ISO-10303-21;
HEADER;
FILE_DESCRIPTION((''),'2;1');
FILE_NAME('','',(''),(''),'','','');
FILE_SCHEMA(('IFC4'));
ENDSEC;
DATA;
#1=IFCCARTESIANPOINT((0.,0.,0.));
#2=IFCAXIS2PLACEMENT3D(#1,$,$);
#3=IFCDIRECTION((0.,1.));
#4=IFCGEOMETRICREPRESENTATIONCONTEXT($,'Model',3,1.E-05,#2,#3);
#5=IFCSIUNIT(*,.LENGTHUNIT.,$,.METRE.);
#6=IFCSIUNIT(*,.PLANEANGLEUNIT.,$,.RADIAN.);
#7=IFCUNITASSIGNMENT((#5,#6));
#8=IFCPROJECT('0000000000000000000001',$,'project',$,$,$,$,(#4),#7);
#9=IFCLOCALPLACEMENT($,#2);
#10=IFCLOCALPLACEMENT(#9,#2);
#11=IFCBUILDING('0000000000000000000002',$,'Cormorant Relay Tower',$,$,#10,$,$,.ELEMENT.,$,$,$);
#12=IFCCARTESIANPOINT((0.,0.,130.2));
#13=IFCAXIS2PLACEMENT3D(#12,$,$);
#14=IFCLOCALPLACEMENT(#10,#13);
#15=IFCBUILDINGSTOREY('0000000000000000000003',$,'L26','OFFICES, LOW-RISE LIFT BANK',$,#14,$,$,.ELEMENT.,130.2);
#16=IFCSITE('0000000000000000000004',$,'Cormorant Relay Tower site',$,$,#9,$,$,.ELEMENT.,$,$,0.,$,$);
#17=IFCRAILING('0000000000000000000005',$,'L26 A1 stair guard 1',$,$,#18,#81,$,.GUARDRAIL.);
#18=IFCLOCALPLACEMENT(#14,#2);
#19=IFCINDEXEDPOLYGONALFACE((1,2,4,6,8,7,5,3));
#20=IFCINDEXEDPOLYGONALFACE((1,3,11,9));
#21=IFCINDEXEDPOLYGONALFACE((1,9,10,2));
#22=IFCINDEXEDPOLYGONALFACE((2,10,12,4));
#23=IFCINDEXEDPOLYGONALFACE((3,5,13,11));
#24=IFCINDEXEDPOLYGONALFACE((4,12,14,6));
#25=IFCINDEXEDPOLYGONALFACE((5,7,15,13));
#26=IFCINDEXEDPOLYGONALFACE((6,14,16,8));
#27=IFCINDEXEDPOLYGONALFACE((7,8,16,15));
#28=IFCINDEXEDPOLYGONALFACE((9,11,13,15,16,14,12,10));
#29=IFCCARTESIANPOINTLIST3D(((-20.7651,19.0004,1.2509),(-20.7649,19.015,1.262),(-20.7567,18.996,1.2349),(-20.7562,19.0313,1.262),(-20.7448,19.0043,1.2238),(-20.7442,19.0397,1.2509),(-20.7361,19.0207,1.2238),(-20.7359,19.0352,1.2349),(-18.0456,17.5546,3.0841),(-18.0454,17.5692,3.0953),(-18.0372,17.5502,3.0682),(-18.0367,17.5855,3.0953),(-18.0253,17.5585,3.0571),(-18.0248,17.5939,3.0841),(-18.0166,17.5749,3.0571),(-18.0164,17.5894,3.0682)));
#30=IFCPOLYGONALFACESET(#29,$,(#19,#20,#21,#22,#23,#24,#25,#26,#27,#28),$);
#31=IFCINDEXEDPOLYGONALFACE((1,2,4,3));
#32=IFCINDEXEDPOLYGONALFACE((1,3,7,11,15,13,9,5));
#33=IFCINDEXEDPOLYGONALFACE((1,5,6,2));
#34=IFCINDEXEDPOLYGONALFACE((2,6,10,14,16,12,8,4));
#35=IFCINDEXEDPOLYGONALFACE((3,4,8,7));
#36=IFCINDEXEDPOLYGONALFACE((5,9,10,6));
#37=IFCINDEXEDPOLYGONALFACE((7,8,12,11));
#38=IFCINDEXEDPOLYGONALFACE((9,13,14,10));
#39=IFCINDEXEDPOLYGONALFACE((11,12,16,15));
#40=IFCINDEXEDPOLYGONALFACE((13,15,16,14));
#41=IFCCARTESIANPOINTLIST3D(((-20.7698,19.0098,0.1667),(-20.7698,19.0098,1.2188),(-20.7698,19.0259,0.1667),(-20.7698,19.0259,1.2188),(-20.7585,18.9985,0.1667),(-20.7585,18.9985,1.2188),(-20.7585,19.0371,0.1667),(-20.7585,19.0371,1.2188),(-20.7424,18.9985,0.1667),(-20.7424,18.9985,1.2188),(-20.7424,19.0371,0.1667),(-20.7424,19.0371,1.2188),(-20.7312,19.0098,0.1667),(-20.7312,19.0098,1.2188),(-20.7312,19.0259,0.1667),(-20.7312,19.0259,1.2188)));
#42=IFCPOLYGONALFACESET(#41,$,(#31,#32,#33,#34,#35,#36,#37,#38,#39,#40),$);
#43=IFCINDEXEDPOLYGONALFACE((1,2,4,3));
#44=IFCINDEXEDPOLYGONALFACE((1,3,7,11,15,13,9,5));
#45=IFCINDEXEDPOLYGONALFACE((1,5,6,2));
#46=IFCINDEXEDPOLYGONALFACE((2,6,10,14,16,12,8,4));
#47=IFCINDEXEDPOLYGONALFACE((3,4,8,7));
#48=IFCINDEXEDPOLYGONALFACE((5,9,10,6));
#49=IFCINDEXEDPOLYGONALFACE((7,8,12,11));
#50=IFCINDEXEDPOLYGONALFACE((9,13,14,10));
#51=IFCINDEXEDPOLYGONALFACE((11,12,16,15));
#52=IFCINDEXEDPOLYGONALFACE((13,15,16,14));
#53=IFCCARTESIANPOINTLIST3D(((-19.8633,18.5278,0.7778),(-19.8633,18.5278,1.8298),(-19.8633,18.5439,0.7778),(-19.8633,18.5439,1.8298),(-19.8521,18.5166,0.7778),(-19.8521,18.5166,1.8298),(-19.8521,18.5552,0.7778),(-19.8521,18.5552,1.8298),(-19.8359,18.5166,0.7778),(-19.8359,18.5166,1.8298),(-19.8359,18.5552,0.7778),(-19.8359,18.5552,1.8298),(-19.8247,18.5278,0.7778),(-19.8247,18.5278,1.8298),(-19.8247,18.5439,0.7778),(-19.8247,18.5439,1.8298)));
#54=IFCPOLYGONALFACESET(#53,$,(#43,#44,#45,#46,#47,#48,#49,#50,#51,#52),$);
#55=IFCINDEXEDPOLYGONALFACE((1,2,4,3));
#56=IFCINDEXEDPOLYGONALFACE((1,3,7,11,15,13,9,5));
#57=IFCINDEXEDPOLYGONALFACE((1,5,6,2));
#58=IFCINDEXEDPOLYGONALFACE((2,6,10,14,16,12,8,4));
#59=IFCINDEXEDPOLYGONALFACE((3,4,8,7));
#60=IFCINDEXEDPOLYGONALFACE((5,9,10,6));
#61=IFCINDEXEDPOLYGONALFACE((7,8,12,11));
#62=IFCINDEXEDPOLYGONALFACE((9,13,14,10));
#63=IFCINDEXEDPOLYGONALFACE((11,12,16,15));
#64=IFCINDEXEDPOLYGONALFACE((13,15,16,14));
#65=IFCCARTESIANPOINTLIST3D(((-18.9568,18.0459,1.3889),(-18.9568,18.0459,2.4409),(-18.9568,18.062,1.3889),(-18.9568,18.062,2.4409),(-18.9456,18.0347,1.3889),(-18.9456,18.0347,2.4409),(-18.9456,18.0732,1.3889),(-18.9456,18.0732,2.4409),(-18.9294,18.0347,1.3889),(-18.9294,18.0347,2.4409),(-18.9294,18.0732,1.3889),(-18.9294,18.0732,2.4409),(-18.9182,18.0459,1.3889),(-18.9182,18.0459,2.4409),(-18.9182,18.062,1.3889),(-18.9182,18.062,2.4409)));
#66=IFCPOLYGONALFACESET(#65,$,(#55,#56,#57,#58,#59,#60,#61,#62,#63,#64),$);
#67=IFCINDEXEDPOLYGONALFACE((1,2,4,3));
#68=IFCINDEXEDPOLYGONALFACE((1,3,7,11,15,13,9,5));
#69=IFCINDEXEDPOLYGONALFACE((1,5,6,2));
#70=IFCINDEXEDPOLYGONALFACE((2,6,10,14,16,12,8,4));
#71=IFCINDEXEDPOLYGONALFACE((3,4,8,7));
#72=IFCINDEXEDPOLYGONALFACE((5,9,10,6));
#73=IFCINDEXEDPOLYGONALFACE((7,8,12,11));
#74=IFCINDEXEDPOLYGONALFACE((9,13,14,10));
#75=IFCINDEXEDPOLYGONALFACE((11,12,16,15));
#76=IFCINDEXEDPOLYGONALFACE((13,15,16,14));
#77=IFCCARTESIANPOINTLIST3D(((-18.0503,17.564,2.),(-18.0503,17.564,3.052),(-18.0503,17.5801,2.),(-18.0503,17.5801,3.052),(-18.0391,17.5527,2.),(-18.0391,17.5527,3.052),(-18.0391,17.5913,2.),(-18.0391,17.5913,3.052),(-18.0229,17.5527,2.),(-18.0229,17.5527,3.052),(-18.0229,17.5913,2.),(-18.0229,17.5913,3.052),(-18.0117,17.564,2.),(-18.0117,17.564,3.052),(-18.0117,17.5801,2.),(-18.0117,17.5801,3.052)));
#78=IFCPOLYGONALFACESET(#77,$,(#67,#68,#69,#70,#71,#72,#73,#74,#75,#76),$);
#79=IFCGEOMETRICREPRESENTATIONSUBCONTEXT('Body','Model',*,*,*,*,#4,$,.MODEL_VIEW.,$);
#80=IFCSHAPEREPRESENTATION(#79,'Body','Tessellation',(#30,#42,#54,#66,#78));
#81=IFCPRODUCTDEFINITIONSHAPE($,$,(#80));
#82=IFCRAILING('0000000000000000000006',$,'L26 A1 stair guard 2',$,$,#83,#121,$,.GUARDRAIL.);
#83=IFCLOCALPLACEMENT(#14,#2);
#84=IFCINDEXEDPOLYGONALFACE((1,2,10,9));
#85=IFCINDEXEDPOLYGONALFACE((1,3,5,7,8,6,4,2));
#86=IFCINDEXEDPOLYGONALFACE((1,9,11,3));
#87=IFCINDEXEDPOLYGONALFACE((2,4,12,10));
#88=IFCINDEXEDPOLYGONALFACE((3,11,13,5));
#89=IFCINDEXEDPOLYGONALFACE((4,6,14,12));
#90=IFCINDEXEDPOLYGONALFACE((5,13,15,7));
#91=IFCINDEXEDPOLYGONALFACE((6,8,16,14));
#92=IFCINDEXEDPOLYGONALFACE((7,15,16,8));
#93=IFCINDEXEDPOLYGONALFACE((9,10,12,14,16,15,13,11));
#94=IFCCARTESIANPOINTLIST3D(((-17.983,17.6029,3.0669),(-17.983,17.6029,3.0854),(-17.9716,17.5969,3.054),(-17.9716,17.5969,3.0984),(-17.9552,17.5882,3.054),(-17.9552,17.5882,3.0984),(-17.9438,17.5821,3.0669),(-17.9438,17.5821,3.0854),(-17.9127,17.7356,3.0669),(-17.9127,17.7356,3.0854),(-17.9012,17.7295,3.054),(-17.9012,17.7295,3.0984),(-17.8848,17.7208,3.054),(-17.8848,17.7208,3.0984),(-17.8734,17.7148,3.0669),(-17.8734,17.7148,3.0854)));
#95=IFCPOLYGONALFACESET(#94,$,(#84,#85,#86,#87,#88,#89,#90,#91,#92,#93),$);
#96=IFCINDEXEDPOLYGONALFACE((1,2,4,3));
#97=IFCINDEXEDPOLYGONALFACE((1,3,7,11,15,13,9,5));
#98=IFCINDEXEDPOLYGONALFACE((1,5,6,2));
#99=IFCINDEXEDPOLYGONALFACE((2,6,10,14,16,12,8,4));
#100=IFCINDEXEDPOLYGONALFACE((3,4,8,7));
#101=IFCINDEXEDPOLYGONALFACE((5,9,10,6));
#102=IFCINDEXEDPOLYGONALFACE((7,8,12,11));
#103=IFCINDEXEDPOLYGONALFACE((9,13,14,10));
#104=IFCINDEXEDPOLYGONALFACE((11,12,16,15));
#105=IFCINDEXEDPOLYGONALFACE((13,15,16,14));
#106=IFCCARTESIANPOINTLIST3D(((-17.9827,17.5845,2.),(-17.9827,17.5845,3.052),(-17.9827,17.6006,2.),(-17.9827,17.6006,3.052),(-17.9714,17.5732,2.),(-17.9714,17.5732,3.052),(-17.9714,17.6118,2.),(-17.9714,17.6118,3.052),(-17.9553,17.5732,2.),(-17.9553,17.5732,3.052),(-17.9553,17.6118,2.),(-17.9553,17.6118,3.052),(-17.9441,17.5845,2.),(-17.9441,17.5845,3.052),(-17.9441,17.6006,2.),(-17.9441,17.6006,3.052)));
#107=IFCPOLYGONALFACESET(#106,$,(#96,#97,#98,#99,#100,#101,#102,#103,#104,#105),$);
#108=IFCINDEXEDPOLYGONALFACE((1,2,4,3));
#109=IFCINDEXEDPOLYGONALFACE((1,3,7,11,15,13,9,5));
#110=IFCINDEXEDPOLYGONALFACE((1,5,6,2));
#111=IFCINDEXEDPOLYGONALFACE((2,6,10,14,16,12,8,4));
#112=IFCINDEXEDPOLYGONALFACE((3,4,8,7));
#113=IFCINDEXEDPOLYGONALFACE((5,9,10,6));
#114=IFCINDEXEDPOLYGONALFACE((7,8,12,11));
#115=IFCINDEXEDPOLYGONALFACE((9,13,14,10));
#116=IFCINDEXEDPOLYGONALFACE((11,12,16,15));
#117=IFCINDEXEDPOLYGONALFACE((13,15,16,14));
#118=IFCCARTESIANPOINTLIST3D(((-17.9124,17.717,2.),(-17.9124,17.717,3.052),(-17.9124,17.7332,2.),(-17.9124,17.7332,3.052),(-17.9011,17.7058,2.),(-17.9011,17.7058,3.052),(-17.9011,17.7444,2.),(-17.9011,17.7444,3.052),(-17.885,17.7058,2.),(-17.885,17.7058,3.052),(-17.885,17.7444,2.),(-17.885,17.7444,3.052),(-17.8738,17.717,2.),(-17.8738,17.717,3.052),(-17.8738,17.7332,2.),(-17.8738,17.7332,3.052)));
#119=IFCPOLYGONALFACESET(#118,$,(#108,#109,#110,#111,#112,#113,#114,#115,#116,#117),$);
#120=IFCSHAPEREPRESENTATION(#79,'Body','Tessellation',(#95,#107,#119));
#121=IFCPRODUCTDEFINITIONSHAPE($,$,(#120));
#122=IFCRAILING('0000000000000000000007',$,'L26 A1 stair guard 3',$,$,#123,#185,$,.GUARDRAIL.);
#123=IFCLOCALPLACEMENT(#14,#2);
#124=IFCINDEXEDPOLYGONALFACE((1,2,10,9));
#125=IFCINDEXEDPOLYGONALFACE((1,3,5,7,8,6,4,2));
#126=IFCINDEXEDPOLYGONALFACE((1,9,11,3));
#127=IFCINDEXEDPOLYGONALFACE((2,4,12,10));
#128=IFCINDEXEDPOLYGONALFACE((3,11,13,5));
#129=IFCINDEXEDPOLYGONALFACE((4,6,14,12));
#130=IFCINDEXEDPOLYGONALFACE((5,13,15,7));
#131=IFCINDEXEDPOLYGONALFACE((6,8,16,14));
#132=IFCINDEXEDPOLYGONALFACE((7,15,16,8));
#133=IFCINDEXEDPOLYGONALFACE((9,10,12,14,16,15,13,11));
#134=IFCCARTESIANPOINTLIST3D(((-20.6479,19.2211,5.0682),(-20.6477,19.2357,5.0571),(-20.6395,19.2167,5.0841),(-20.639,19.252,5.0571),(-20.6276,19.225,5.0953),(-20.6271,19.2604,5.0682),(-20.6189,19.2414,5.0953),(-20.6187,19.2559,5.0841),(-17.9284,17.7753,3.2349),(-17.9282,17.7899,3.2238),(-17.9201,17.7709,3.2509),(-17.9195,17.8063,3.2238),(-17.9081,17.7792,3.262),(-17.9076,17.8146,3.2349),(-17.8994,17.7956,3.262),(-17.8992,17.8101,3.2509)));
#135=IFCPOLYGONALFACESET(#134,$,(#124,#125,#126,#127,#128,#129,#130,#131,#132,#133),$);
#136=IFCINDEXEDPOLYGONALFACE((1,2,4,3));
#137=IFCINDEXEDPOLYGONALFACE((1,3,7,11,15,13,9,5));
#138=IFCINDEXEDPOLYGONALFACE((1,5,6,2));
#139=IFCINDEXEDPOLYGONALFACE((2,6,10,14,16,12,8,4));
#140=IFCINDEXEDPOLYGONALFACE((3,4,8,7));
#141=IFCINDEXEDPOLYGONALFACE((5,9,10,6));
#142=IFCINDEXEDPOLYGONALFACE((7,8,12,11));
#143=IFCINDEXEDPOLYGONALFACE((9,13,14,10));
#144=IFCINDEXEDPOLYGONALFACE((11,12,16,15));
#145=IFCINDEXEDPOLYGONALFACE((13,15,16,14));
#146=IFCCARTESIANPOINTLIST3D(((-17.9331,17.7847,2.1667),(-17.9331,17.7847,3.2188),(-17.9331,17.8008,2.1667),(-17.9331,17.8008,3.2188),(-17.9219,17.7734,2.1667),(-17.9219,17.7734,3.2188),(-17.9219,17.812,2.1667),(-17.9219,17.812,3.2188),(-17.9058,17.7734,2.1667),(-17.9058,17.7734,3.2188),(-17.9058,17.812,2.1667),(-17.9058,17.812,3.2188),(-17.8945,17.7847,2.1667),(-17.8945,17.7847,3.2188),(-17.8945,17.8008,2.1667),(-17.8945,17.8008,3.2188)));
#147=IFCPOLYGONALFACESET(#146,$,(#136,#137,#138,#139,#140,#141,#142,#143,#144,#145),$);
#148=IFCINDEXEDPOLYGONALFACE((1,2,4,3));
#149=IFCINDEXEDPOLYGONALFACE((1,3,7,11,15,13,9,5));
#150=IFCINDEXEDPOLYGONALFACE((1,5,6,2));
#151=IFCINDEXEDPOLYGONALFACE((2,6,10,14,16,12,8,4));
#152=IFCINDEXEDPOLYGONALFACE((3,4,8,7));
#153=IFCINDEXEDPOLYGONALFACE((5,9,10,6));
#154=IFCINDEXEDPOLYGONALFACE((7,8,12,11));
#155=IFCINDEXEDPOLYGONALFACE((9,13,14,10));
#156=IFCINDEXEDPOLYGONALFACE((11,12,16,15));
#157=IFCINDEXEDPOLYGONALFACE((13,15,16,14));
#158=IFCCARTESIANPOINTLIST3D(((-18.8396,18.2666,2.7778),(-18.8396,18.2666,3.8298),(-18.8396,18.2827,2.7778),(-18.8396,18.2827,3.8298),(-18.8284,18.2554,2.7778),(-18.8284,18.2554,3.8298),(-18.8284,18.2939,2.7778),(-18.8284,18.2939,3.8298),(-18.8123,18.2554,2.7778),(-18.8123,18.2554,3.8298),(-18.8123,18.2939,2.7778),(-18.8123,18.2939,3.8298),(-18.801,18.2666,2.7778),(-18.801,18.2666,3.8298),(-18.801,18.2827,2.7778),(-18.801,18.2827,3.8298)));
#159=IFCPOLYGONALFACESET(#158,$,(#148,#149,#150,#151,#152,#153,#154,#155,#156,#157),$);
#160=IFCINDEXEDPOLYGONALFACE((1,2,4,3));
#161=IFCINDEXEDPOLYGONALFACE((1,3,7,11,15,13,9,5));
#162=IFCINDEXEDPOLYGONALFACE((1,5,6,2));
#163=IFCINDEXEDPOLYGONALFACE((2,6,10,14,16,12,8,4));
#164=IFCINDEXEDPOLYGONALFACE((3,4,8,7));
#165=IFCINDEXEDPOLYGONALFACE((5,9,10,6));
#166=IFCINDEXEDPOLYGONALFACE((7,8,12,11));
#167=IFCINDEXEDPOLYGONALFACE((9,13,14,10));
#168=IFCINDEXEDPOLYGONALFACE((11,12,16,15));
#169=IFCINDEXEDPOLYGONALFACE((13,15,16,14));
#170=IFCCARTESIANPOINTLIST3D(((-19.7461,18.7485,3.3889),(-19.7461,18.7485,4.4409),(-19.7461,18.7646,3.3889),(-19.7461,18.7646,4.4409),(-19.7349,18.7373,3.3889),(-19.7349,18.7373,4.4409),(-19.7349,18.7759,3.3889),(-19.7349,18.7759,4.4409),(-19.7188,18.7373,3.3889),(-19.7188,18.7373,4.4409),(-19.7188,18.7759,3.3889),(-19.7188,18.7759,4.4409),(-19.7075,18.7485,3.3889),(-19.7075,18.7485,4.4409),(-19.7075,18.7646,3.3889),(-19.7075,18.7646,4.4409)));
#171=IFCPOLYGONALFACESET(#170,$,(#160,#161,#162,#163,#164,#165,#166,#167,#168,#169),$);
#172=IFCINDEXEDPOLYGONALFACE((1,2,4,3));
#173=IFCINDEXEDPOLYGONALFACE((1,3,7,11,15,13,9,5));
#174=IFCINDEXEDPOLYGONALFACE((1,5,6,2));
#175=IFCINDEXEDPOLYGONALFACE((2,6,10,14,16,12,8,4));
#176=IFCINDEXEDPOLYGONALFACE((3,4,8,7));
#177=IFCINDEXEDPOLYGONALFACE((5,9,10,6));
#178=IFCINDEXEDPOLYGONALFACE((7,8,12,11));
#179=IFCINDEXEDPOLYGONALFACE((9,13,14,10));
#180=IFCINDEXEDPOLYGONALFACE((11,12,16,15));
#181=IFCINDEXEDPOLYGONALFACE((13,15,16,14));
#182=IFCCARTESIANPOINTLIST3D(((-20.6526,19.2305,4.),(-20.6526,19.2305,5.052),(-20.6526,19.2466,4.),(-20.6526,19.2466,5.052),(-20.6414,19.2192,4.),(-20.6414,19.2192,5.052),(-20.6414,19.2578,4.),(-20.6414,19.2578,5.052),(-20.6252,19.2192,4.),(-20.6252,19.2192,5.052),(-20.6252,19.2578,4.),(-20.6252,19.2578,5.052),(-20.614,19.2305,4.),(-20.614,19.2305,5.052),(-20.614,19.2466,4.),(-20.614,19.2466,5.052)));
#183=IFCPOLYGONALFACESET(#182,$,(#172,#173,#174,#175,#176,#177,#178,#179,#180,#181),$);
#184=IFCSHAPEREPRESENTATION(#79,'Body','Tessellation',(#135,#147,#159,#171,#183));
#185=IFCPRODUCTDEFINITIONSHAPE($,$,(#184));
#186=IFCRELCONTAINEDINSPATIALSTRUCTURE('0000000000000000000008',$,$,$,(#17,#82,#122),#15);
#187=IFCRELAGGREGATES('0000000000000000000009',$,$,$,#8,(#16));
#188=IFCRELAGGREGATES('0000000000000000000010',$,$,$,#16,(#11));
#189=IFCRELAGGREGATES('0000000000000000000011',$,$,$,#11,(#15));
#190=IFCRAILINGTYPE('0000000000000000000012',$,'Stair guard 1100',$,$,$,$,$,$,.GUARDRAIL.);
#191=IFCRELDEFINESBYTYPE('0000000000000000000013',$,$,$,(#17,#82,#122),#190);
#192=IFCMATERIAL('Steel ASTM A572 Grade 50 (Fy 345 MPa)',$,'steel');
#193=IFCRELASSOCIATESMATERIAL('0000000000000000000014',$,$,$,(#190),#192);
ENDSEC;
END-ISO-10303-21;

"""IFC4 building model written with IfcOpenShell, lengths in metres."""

from ifc_helpers import new_model, si_unit, direction, frame, origin, place, context, subcontext, project, spatial, polyline, outline, extrude, material, type_object, element, save


model = new_model("IFC4")

# Units and contexts
model_context = context("Model", 3, precision=1e-05, world=origin(), true_north=direction((0.0, 1.0)))
body_context = subcontext(model_context, "Body", "Model", "MODEL_VIEW")
ifc_project = project(units=[si_unit("LENGTHUNIT", "METRE"), si_unit("PLANEANGLEUNIT", "RADIAN")], contexts=[model_context])

# Site, building, storey
site_placement = place(None, origin())
site = spatial("IfcSite", under=ifc_project, at=site_placement, Name="Cormorant Relay Tower site", CompositionType="ELEMENT", RefElevation=0.0)
building_placement = place(site_placement, origin())
building = spatial("IfcBuilding", under=site, at=building_placement, Name="Cormorant Relay Tower", CompositionType="ELEMENT")
storey_placement = place(building_placement, frame((0.0, 0.0, 130.2)))
storey = spatial("IfcBuildingStorey", under=building, at=storey_placement, Name="L26", Description="OFFICES, LOW-RISE LIFT BANK", CompositionType="ELEMENT", Elevation=130.2)

# Railings
ifc_material_1 = material(Name="Steel ASTM A572 Grade 50 (Fy 345 MPa)", Category="steel")
railing_type_1 = type_object("IfcRailingType", Name="Stair guard 1100", PredefinedType="GUARDRAIL", material=ifc_material_1)
railing_1_placement = place(storey_placement, frame((-20.7505, 19.0178, 0.1667)))
element("IfcRailing", 1, at=railing_1_placement, inside=storey, type_object=railing_type_1, Name="L26 A1 stair guard 1", PredefinedType="GUARDRAIL", context=body_context, shape_type="SweptSolid", body=[
    extrude(outline(polyline([(0.0222, 0.0093), (0.0093, 0.0222), (-0.0093, 0.0222), (-0.0222, 0.0093), (-0.0222, -0.0093), (-0.0093, -0.0222), (0.0093, -0.0222), (0.0222, -0.0093), (0.0222, 0.0093)])), frame((0.0, 0.0, 1.0762), z_axis=(0.758735, -0.403378, 0.511477), x_axis=(0.469428, 0.882971, 0.0)), (0.0, 0.0, 1.0), 3.5842),
    extrude(outline(polyline([(0.0193, 0.0081), (0.0081, 0.0193), (-0.0081, 0.0193), (-0.0193, 0.0081), (-0.0193, -0.0081), (-0.0081, -0.0193), (0.0081, -0.0193), (0.0193, -0.0081), (0.0193, 0.0081)])), origin(), (0.0, 0.0, 1.0), 1.052),
    extrude(outline(polyline([(0.0193, 0.0081), (0.0081, 0.0193), (-0.0081, 0.0193), (-0.0193, 0.0081), (-0.0193, -0.0081), (-0.0081, -0.0193), (0.0081, -0.0193), (0.0193, -0.0081), (0.0193, 0.0081)])), frame((0.9065, -0.4819, 0.6111)), (0.0, 0.0, 1.0), 1.052),
    extrude(outline(polyline([(0.0193, 0.0081), (0.0081, 0.0193), (-0.0081, 0.0193), (-0.0193, 0.0081), (-0.0193, -0.0081), (-0.0081, -0.0193), (0.0081, -0.0193), (0.0193, -0.0081), (0.0193, 0.0081)])), frame((1.813, -0.9639, 1.2222)), (0.0, 0.0, 1.0), 1.052),
    extrude(outline(polyline([(0.0193, 0.0081), (0.0081, 0.0193), (-0.0081, 0.0193), (-0.0193, 0.0081), (-0.0193, -0.0081), (-0.0081, -0.0193), (0.0081, -0.0193), (0.0193, -0.0081), (0.0193, 0.0081)])), frame((2.7195, -1.4458, 1.8333)), (0.0, 0.0, 1.0), 1.052),
])
railing_2_placement = place(storey_placement, frame((-17.9634, 17.5925, 2.0)))
element("IfcRailing", 2, at=railing_2_placement, inside=storey, type_object=railing_type_1, Name="L26 A1 stair guard 2", PredefinedType="GUARDRAIL", context=body_context, shape_type="SweptSolid", body=[
    extrude(outline(polyline([(0.0222, 0.0093), (0.0093, 0.0222), (-0.0093, 0.0222), (-0.0222, 0.0093), (-0.0222, -0.0093), (-0.0093, -0.0222), (0.0093, -0.0222), (0.0222, -0.0093), (0.0222, 0.0093)])), frame((0.0, 0.0, 1.0762), z_axis=(0.46856, 0.883431, 0.0), x_axis=(-0.883431, 0.46856, 0.0)), (0.0, 0.0, 1.0), 0.1501),
    extrude(outline(polyline([(0.0193, 0.0081), (0.0081, 0.0193), (-0.0081, 0.0193), (-0.0193, 0.0081), (-0.0193, -0.0081), (-0.0081, -0.0193), (0.0081, -0.0193), (0.0193, -0.0081), (0.0193, 0.0081)])), origin(), (0.0, 0.0, 1.0), 1.052),
    extrude(outline(polyline([(0.0193, 0.0081), (0.0081, 0.0193), (-0.0081, 0.0193), (-0.0193, 0.0081), (-0.0193, -0.0081), (-0.0081, -0.0193), (0.0081, -0.0193), (0.0193, -0.0081), (0.0193, 0.0081)])), frame((0.0703, 0.1326, 0.0)), (0.0, 0.0, 1.0), 1.052),
])
railing_3_placement = place(storey_placement, frame((-17.9138, 17.7927, 2.1667)))
element("IfcRailing", 3, at=railing_3_placement, inside=storey, type_object=railing_type_1, Name="L26 A1 stair guard 3", PredefinedType="GUARDRAIL", context=body_context, shape_type="SweptSolid", body=[
    extrude(outline(polyline([(0.0222, 0.0093), (0.0093, 0.0222), (-0.0093, 0.0222), (-0.0222, 0.0093), (-0.0222, -0.0093), (-0.0093, -0.0222), (0.0093, -0.0222), (0.0222, -0.0093), (0.0222, 0.0093)])), frame((0.0, 0.0, 1.0762), z_axis=(-0.758735, 0.403378, 0.511477), x_axis=(-0.469428, -0.882971, 0.0)), (0.0, 0.0, 1.0), 3.5842),
    extrude(outline(polyline([(0.0193, 0.0081), (0.0081, 0.0193), (-0.0081, 0.0193), (-0.0193, 0.0081), (-0.0193, -0.0081), (-0.0081, -0.0193), (0.0081, -0.0193), (0.0193, -0.0081), (0.0193, 0.0081)])), origin(), (0.0, 0.0, 1.0), 1.052),
    extrude(outline(polyline([(0.0193, 0.0081), (0.0081, 0.0193), (-0.0081, 0.0193), (-0.0193, 0.0081), (-0.0193, -0.0081), (-0.0081, -0.0193), (0.0081, -0.0193), (0.0193, -0.0081), (0.0193, 0.0081)])), frame((-0.9065, 0.4819, 0.6111)), (0.0, 0.0, 1.0), 1.052),
    extrude(outline(polyline([(0.0193, 0.0081), (0.0081, 0.0193), (-0.0081, 0.0193), (-0.0193, 0.0081), (-0.0193, -0.0081), (-0.0081, -0.0193), (0.0081, -0.0193), (0.0193, -0.0081), (0.0193, 0.0081)])), frame((-1.813, 0.9639, 1.2222)), (0.0, 0.0, 1.0), 1.052),
    extrude(outline(polyline([(0.0193, 0.0081), (0.0081, 0.0193), (-0.0081, 0.0193), (-0.0193, 0.0081), (-0.0193, -0.0081), (-0.0081, -0.0193), (0.0081, -0.0193), (0.0193, -0.0081), (0.0193, 0.0081)])), frame((-2.7195, 1.4458, 1.8333)), (0.0, 0.0, 1.0), 1.052),
])

save(model, "model.ifc")
